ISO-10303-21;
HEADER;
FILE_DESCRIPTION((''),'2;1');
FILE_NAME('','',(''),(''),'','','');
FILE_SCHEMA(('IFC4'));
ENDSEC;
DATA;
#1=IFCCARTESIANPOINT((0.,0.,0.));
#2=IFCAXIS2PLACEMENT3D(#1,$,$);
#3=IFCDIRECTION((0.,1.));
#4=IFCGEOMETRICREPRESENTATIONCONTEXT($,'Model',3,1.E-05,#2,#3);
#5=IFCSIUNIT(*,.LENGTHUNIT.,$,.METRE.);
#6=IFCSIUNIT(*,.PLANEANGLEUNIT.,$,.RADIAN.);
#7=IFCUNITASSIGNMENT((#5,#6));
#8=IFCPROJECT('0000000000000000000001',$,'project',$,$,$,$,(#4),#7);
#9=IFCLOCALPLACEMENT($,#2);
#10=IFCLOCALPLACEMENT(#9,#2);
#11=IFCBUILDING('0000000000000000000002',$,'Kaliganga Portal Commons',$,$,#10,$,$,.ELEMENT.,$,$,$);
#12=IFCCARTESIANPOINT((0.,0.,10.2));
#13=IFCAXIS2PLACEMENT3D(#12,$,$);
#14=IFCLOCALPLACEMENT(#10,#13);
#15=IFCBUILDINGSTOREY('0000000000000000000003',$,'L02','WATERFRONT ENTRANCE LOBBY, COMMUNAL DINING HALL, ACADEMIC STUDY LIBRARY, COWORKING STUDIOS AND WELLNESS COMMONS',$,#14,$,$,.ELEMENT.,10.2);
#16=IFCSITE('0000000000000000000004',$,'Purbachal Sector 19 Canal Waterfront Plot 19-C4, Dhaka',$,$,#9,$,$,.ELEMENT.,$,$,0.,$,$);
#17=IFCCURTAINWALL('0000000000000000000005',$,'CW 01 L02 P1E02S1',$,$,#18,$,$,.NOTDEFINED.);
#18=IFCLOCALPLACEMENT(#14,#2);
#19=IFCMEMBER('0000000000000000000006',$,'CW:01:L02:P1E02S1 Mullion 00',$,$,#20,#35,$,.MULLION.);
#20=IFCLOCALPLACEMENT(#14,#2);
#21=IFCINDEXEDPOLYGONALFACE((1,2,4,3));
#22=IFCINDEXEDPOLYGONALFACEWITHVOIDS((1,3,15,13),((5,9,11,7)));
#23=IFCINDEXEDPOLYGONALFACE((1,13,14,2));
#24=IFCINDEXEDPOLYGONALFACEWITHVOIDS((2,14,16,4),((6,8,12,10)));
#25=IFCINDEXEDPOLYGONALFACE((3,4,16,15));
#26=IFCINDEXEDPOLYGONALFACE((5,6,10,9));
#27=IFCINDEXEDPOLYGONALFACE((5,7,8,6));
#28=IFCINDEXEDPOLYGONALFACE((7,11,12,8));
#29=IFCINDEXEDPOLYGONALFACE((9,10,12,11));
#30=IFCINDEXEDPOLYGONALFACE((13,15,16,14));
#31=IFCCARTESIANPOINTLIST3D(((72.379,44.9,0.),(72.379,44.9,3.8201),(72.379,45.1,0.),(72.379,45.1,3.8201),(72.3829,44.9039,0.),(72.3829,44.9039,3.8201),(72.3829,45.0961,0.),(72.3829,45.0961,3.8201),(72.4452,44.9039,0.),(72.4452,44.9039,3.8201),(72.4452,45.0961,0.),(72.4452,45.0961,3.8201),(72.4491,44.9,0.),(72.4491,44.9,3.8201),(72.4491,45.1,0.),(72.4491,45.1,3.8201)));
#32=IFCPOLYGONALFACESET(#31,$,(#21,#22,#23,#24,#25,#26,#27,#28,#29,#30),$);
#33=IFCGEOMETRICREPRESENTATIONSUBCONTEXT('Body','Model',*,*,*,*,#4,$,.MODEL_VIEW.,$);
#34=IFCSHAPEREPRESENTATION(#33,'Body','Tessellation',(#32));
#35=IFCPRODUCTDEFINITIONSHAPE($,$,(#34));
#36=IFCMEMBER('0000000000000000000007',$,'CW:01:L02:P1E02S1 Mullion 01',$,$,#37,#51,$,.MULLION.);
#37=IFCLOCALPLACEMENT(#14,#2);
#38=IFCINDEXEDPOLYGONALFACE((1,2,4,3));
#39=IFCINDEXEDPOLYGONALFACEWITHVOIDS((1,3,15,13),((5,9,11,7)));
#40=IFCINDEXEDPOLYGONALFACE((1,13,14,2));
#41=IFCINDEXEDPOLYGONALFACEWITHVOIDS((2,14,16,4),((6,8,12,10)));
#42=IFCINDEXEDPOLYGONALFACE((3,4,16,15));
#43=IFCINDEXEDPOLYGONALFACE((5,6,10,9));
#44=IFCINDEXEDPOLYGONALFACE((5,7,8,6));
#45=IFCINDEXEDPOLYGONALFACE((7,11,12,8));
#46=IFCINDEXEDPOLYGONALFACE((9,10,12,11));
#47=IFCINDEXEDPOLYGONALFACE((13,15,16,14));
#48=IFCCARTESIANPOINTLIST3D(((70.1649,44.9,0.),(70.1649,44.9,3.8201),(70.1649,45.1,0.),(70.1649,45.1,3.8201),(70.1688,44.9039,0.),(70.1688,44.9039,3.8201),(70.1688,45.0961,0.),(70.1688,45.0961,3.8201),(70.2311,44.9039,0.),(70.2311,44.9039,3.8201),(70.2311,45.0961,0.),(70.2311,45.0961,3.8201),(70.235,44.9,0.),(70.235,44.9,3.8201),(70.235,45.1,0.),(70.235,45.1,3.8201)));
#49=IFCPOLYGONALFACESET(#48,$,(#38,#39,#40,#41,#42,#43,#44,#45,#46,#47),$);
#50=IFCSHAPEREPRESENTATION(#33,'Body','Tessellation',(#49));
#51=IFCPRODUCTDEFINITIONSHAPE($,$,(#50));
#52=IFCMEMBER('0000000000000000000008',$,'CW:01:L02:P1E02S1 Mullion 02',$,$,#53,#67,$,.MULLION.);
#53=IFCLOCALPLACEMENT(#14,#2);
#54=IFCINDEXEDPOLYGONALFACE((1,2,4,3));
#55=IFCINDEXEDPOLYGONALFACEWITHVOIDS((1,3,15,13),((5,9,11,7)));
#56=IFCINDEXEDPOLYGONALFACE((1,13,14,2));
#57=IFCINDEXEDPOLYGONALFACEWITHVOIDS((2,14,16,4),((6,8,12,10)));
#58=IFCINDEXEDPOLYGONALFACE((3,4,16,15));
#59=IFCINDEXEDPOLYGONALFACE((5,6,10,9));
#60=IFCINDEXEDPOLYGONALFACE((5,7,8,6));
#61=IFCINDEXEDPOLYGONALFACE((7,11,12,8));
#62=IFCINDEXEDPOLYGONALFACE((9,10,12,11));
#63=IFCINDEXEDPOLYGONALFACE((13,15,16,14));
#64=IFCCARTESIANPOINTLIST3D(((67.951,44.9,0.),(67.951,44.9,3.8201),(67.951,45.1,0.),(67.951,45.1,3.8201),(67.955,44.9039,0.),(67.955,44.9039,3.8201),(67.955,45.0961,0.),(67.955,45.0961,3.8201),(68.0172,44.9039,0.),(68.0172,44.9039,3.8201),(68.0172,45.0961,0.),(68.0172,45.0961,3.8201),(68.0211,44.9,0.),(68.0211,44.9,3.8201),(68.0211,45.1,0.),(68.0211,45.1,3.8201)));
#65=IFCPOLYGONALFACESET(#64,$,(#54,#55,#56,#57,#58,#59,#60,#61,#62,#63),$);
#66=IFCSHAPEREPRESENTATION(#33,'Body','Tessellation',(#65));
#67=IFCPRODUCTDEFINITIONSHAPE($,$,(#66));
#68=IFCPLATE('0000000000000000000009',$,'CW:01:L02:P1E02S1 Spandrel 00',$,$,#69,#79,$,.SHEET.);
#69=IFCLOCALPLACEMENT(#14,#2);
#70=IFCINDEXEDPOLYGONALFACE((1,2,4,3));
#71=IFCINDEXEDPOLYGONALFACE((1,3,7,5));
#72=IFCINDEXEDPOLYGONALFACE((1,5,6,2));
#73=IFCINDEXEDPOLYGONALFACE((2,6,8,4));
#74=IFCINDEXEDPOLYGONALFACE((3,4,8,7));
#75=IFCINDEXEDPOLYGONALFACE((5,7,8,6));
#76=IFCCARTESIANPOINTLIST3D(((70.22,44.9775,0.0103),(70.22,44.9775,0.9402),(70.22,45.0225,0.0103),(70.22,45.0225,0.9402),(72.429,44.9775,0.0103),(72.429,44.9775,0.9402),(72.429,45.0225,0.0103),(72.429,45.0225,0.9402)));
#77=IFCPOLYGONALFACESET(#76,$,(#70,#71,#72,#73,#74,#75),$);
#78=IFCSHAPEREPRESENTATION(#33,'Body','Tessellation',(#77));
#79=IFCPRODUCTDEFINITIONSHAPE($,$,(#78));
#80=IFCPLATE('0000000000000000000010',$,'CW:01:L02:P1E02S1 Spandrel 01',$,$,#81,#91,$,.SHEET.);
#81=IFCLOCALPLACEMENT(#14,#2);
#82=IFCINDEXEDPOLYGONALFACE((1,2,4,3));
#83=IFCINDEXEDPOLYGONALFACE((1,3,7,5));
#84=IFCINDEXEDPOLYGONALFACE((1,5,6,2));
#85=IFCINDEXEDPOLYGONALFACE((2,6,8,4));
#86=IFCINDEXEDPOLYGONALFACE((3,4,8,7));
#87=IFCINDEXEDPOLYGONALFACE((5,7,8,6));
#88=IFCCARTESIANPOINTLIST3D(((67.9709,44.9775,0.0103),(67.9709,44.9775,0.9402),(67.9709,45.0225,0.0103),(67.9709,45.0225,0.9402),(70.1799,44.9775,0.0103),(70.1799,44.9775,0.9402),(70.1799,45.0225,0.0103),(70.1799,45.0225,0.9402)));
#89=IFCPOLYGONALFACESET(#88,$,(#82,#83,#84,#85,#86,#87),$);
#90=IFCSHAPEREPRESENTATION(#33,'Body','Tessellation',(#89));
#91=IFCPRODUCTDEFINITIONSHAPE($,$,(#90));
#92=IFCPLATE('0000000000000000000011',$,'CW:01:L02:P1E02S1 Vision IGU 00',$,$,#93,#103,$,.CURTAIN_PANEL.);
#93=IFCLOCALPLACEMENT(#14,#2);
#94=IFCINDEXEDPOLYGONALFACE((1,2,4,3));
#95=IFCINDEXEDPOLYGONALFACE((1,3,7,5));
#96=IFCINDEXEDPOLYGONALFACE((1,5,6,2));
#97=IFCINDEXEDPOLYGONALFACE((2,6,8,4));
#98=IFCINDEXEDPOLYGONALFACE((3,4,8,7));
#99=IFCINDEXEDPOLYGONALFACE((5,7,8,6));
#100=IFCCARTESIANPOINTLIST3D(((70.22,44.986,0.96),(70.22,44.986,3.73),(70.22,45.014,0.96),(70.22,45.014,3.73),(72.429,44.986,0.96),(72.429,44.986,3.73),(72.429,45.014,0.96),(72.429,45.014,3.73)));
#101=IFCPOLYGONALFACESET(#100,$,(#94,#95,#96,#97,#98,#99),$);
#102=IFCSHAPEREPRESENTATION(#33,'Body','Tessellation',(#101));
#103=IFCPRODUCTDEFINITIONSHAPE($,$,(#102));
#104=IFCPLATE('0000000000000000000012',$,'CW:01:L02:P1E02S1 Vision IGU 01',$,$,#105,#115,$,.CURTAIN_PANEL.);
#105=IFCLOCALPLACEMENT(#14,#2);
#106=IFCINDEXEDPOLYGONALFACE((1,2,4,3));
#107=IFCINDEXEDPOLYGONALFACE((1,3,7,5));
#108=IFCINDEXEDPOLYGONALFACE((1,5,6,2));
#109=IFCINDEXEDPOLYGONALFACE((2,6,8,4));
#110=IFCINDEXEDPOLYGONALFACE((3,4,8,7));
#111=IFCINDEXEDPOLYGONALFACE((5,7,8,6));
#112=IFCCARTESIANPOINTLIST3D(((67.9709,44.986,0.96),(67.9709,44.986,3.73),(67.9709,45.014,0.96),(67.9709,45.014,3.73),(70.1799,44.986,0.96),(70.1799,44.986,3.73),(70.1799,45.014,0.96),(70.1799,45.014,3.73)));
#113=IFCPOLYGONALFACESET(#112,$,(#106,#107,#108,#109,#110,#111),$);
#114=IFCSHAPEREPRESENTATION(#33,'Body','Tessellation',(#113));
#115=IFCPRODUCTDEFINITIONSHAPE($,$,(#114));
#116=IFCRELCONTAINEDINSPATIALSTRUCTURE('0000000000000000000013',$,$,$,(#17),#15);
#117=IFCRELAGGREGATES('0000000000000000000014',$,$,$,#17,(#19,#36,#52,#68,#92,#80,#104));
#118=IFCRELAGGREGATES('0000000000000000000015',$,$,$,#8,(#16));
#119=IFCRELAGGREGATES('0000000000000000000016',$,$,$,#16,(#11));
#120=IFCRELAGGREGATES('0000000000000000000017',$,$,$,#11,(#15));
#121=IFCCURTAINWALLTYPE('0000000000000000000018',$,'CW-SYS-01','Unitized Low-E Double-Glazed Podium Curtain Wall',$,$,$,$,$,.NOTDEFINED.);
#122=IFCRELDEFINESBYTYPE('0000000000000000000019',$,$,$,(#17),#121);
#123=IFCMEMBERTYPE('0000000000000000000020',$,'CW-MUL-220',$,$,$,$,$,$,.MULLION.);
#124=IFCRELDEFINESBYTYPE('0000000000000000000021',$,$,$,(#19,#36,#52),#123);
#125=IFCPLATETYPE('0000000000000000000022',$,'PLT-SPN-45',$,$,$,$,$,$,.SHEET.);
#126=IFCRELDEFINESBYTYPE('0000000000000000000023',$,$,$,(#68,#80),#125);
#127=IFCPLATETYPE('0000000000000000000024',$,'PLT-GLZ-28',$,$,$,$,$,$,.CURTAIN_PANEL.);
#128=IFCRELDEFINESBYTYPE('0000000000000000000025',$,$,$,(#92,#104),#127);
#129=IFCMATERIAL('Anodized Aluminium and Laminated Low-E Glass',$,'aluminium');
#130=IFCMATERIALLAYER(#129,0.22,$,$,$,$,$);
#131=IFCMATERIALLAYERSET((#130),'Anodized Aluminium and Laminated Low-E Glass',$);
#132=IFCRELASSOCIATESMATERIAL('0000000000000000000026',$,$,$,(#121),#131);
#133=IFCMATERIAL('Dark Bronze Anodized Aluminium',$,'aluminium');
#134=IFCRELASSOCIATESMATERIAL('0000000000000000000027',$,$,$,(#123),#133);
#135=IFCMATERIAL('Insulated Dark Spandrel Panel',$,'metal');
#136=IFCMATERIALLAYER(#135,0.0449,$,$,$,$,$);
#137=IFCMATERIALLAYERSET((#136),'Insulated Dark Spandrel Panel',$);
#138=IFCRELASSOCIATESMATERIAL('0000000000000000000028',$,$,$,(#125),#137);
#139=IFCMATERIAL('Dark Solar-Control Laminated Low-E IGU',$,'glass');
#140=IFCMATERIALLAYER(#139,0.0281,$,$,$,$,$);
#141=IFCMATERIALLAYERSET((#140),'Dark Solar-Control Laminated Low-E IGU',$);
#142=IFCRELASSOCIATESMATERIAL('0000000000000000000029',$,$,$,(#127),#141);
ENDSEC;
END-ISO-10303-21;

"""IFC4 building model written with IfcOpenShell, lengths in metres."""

from ifc_helpers import new_model, si_unit, direction, frame, origin, origin_2d, place, context, subcontext, project, spatial, rectangle, hollow_rectangle, extrude, source, transform, mapped, material, layer, layer_set, material_profile, profile_set, type_object, element, aggregate, save


model = new_model("IFC4")

# Units and contexts
model_context = context("Model", 3, precision=1e-05, world=origin(), true_north=direction((0.0, 1.0)))
body_context = subcontext(model_context, "Body", "Model", "MODEL_VIEW")
ifc_project = project(units=[si_unit("LENGTHUNIT", "METRE"), si_unit("PLANEANGLEUNIT", "RADIAN")], contexts=[model_context])

# Site, building, storey
site_placement = place(None, origin())
site = spatial("IfcSite", under=ifc_project, at=site_placement, Name="Purbachal Sector 19 Canal Waterfront Plot 19-C4, Dhaka", CompositionType="ELEMENT", RefElevation=0.0)
building_placement = place(site_placement, origin())
building = spatial("IfcBuilding", under=site, at=building_placement, Name="Kaliganga Portal Commons", CompositionType="ELEMENT")
storey_placement = place(building_placement, frame((0.0, 0.0, 10.2)))
storey = spatial("IfcBuildingStorey", under=building, at=storey_placement, Name="L02", Description="WATERFRONT ENTRANCE LOBBY, COMMUNAL DINING HALL, ACADEMIC STUDY LIBRARY, COWORKING STUDIOS AND WELLNESS COMMONS", CompositionType="ELEMENT", Elevation=10.2)

# Curtain wall
ifc_material_1 = material(Name="Anodized Aluminium and Laminated Low-E Glass", Category="aluminium")
ifc_layer_1 = layer(ifc_material_1, 0.22)
ifc_layer_set_1 = layer_set([ifc_layer_1], Name="Anodized Aluminium and Laminated Low-E Glass")
curtain_wall_type = type_object("IfcCurtainWallType", Name="CW-SYS-01", Description="Unitized Low-E Double-Glazed Podium Curtain Wall", PredefinedType="NOTDEFINED", material=ifc_layer_set_1)
curtain_wall_1_placement = place(storey_placement, origin())
curtain_wall_1 = element("IfcCurtainWall", 1, at=curtain_wall_1_placement, inside=storey, type_object=curtain_wall_type, Name="CW 01 L02 P1E02S1", PredefinedType="NOTDEFINED")
ifc_material_2 = material(Name="Dark Bronze Anodized Aluminium", Category="aluminium")

# Members
ifc_material_profile_1 = material_profile(ifc_material_2, hollow_rectangle(XDim=0.0701, YDim=0.2, WallThickness=0.0039, at=origin_2d()), Name="ALU MULL 70x200x4")
ifc_profile_set_1 = profile_set([ifc_material_profile_1], Name="Dark Bronze Anodized Aluminium")
member_type_1 = type_object("IfcMemberType", Name="CW-MUL-220", PredefinedType="MULLION", material=ifc_profile_set_1)
shared_shape_1 = source(origin(), body_context, "Body", "SweptSolid", [
    extrude(hollow_rectangle(XDim=0.0701, YDim=0.2, WallThickness=0.0039, at=origin_2d()), origin(), (0.0, 0.0, 1.0), 3.8201),
])
member_1_placement = place(storey_placement, frame((72.4141, 45.0, 0.0), z_axis=(0.0, 0.0, 1.0), x_axis=(-1.0, 0.0, 0.0)))
member_1 = element("IfcMember", 2, at=member_1_placement, type_object=member_type_1, Name="CW:01:L02:P1E02S1 Mullion 00", PredefinedType="MULLION", context=body_context, shape_type="MappedRepresentation", body=[
    mapped(shared_shape_1, transform((0.0, 0.0, 0.0), x_axis=(1.0, 0.0, 0.0), y_axis=(0.0, 1.0, 0.0), z_axis=(0.0, 0.0, 1.0), scale=1.0)),
])
member_2_placement = place(storey_placement, frame((70.2, 45.0, 0.0), z_axis=(0.0, 0.0, 1.0), x_axis=(-1.0, 0.0, 0.0)))
member_2 = element("IfcMember", 3, at=member_2_placement, type_object=member_type_1, Name="CW:01:L02:P1E02S1 Mullion 01", PredefinedType="MULLION", context=body_context, shape_type="MappedRepresentation", body=[
    mapped(shared_shape_1, transform((0.0, 0.0, 0.0), x_axis=(1.0, 0.0, 0.0), y_axis=(0.0, 1.0, 0.0), z_axis=(0.0, 0.0, 1.0), scale=1.0)),
])
member_3_placement = place(storey_placement, frame((67.9861, 45.0, 0.0), z_axis=(0.0, 0.0, 1.0), x_axis=(-1.0, 0.0, 0.0)))
member_3 = element("IfcMember", 4, at=member_3_placement, type_object=member_type_1, Name="CW:01:L02:P1E02S1 Mullion 02", PredefinedType="MULLION", context=body_context, shape_type="MappedRepresentation", body=[
    mapped(shared_shape_1, transform((0.0, 0.0, 0.0), x_axis=(1.0, 0.0, 0.0), y_axis=(0.0, 1.0, 0.0), z_axis=(0.0, 0.0, 1.0), scale=1.0)),
])

# Plates
ifc_material_3 = material(Name="Insulated Dark Spandrel Panel", Category="metal")
ifc_layer_2 = layer(ifc_material_3, 0.0449)
ifc_layer_set_2 = layer_set([ifc_layer_2], Name="Insulated Dark Spandrel Panel")
plate_type_1 = type_object("IfcPlateType", Name="PLT-SPN-45", PredefinedType="SHEET", material=ifc_layer_set_2)
shared_shape_2 = source(origin(), body_context, "Body", "SweptSolid", [
    extrude(rectangle(XDim=2.209, YDim=0.0449, at=origin_2d()), origin(), (0.0, 0.0, 1.0), 0.9299),
])
plate_1_placement = place(storey_placement, frame((71.3245, 45.0, 0.0103), z_axis=(0.0, 0.0, 1.0), x_axis=(-1.0, 0.0, 0.0)))
plate_1 = element("IfcPlate", 5, at=plate_1_placement, type_object=plate_type_1, Name="CW:01:L02:P1E02S1 Spandrel 00", PredefinedType="SHEET", context=body_context, shape_type="MappedRepresentation", body=[
    mapped(shared_shape_2, transform((0.0, 0.0, 0.0), x_axis=(1.0, 0.0, 0.0), y_axis=(0.0, 1.0, 0.0), z_axis=(0.0, 0.0, 1.0), scale=1.0)),
])
plate_2_placement = place(storey_placement, frame((69.0754, 45.0, 0.0103), z_axis=(0.0, 0.0, 1.0), x_axis=(-1.0, 0.0, 0.0)))
plate_2 = element("IfcPlate", 6, at=plate_2_placement, type_object=plate_type_1, Name="CW:01:L02:P1E02S1 Spandrel 01", PredefinedType="SHEET", context=body_context, shape_type="MappedRepresentation", body=[
    mapped(shared_shape_2, transform((0.0, 0.0, 0.0), x_axis=(1.0, 0.0, 0.0), y_axis=(0.0, 1.0, 0.0), z_axis=(0.0, 0.0, 1.0), scale=1.0)),
])
ifc_material_4 = material(Name="Dark Solar-Control Laminated Low-E IGU", Category="glass")
ifc_layer_3 = layer(ifc_material_4, 0.0281)
ifc_layer_set_3 = layer_set([ifc_layer_3], Name="Dark Solar-Control Laminated Low-E IGU")
plate_type_2 = type_object("IfcPlateType", Name="PLT-GLZ-28", PredefinedType="CURTAIN_PANEL", material=ifc_layer_set_3)
shared_shape_3 = source(origin(), body_context, "Body", "SweptSolid", [
    extrude(rectangle(XDim=2.209, YDim=0.0281, at=origin_2d()), origin(), (0.0, 0.0, 1.0), 2.77),
])
plate_3_placement = place(storey_placement, frame((71.3245, 45.0, 0.96), z_axis=(0.0, 0.0, 1.0), x_axis=(-1.0, 0.0, 0.0)))
plate_3 = element("IfcPlate", 7, at=plate_3_placement, type_object=plate_type_2, Name="CW:01:L02:P1E02S1 Vision IGU 00", PredefinedType="CURTAIN_PANEL", context=body_context, shape_type="MappedRepresentation", body=[
    mapped(shared_shape_3, transform((0.0, 0.0, 0.0), x_axis=(1.0, 0.0, 0.0), y_axis=(0.0, 1.0, 0.0), z_axis=(0.0, 0.0, 1.0), scale=1.0)),
])
plate_4_placement = place(storey_placement, frame((69.0754, 45.0, 0.96), z_axis=(0.0, 0.0, 1.0), x_axis=(-1.0, 0.0, 0.0)))
plate_4 = element("IfcPlate", 8, at=plate_4_placement, type_object=plate_type_2, Name="CW:01:L02:P1E02S1 Vision IGU 01", PredefinedType="CURTAIN_PANEL", context=body_context, shape_type="MappedRepresentation", body=[
    mapped(shared_shape_3, transform((0.0, 0.0, 0.0), x_axis=(1.0, 0.0, 0.0), y_axis=(0.0, 1.0, 0.0), z_axis=(0.0, 0.0, 1.0), scale=1.0)),
])
aggregate(curtain_wall_1, [member_1, member_2, member_3, plate_1, plate_3, plate_2, plate_4])

save(model, "model.ifc")
